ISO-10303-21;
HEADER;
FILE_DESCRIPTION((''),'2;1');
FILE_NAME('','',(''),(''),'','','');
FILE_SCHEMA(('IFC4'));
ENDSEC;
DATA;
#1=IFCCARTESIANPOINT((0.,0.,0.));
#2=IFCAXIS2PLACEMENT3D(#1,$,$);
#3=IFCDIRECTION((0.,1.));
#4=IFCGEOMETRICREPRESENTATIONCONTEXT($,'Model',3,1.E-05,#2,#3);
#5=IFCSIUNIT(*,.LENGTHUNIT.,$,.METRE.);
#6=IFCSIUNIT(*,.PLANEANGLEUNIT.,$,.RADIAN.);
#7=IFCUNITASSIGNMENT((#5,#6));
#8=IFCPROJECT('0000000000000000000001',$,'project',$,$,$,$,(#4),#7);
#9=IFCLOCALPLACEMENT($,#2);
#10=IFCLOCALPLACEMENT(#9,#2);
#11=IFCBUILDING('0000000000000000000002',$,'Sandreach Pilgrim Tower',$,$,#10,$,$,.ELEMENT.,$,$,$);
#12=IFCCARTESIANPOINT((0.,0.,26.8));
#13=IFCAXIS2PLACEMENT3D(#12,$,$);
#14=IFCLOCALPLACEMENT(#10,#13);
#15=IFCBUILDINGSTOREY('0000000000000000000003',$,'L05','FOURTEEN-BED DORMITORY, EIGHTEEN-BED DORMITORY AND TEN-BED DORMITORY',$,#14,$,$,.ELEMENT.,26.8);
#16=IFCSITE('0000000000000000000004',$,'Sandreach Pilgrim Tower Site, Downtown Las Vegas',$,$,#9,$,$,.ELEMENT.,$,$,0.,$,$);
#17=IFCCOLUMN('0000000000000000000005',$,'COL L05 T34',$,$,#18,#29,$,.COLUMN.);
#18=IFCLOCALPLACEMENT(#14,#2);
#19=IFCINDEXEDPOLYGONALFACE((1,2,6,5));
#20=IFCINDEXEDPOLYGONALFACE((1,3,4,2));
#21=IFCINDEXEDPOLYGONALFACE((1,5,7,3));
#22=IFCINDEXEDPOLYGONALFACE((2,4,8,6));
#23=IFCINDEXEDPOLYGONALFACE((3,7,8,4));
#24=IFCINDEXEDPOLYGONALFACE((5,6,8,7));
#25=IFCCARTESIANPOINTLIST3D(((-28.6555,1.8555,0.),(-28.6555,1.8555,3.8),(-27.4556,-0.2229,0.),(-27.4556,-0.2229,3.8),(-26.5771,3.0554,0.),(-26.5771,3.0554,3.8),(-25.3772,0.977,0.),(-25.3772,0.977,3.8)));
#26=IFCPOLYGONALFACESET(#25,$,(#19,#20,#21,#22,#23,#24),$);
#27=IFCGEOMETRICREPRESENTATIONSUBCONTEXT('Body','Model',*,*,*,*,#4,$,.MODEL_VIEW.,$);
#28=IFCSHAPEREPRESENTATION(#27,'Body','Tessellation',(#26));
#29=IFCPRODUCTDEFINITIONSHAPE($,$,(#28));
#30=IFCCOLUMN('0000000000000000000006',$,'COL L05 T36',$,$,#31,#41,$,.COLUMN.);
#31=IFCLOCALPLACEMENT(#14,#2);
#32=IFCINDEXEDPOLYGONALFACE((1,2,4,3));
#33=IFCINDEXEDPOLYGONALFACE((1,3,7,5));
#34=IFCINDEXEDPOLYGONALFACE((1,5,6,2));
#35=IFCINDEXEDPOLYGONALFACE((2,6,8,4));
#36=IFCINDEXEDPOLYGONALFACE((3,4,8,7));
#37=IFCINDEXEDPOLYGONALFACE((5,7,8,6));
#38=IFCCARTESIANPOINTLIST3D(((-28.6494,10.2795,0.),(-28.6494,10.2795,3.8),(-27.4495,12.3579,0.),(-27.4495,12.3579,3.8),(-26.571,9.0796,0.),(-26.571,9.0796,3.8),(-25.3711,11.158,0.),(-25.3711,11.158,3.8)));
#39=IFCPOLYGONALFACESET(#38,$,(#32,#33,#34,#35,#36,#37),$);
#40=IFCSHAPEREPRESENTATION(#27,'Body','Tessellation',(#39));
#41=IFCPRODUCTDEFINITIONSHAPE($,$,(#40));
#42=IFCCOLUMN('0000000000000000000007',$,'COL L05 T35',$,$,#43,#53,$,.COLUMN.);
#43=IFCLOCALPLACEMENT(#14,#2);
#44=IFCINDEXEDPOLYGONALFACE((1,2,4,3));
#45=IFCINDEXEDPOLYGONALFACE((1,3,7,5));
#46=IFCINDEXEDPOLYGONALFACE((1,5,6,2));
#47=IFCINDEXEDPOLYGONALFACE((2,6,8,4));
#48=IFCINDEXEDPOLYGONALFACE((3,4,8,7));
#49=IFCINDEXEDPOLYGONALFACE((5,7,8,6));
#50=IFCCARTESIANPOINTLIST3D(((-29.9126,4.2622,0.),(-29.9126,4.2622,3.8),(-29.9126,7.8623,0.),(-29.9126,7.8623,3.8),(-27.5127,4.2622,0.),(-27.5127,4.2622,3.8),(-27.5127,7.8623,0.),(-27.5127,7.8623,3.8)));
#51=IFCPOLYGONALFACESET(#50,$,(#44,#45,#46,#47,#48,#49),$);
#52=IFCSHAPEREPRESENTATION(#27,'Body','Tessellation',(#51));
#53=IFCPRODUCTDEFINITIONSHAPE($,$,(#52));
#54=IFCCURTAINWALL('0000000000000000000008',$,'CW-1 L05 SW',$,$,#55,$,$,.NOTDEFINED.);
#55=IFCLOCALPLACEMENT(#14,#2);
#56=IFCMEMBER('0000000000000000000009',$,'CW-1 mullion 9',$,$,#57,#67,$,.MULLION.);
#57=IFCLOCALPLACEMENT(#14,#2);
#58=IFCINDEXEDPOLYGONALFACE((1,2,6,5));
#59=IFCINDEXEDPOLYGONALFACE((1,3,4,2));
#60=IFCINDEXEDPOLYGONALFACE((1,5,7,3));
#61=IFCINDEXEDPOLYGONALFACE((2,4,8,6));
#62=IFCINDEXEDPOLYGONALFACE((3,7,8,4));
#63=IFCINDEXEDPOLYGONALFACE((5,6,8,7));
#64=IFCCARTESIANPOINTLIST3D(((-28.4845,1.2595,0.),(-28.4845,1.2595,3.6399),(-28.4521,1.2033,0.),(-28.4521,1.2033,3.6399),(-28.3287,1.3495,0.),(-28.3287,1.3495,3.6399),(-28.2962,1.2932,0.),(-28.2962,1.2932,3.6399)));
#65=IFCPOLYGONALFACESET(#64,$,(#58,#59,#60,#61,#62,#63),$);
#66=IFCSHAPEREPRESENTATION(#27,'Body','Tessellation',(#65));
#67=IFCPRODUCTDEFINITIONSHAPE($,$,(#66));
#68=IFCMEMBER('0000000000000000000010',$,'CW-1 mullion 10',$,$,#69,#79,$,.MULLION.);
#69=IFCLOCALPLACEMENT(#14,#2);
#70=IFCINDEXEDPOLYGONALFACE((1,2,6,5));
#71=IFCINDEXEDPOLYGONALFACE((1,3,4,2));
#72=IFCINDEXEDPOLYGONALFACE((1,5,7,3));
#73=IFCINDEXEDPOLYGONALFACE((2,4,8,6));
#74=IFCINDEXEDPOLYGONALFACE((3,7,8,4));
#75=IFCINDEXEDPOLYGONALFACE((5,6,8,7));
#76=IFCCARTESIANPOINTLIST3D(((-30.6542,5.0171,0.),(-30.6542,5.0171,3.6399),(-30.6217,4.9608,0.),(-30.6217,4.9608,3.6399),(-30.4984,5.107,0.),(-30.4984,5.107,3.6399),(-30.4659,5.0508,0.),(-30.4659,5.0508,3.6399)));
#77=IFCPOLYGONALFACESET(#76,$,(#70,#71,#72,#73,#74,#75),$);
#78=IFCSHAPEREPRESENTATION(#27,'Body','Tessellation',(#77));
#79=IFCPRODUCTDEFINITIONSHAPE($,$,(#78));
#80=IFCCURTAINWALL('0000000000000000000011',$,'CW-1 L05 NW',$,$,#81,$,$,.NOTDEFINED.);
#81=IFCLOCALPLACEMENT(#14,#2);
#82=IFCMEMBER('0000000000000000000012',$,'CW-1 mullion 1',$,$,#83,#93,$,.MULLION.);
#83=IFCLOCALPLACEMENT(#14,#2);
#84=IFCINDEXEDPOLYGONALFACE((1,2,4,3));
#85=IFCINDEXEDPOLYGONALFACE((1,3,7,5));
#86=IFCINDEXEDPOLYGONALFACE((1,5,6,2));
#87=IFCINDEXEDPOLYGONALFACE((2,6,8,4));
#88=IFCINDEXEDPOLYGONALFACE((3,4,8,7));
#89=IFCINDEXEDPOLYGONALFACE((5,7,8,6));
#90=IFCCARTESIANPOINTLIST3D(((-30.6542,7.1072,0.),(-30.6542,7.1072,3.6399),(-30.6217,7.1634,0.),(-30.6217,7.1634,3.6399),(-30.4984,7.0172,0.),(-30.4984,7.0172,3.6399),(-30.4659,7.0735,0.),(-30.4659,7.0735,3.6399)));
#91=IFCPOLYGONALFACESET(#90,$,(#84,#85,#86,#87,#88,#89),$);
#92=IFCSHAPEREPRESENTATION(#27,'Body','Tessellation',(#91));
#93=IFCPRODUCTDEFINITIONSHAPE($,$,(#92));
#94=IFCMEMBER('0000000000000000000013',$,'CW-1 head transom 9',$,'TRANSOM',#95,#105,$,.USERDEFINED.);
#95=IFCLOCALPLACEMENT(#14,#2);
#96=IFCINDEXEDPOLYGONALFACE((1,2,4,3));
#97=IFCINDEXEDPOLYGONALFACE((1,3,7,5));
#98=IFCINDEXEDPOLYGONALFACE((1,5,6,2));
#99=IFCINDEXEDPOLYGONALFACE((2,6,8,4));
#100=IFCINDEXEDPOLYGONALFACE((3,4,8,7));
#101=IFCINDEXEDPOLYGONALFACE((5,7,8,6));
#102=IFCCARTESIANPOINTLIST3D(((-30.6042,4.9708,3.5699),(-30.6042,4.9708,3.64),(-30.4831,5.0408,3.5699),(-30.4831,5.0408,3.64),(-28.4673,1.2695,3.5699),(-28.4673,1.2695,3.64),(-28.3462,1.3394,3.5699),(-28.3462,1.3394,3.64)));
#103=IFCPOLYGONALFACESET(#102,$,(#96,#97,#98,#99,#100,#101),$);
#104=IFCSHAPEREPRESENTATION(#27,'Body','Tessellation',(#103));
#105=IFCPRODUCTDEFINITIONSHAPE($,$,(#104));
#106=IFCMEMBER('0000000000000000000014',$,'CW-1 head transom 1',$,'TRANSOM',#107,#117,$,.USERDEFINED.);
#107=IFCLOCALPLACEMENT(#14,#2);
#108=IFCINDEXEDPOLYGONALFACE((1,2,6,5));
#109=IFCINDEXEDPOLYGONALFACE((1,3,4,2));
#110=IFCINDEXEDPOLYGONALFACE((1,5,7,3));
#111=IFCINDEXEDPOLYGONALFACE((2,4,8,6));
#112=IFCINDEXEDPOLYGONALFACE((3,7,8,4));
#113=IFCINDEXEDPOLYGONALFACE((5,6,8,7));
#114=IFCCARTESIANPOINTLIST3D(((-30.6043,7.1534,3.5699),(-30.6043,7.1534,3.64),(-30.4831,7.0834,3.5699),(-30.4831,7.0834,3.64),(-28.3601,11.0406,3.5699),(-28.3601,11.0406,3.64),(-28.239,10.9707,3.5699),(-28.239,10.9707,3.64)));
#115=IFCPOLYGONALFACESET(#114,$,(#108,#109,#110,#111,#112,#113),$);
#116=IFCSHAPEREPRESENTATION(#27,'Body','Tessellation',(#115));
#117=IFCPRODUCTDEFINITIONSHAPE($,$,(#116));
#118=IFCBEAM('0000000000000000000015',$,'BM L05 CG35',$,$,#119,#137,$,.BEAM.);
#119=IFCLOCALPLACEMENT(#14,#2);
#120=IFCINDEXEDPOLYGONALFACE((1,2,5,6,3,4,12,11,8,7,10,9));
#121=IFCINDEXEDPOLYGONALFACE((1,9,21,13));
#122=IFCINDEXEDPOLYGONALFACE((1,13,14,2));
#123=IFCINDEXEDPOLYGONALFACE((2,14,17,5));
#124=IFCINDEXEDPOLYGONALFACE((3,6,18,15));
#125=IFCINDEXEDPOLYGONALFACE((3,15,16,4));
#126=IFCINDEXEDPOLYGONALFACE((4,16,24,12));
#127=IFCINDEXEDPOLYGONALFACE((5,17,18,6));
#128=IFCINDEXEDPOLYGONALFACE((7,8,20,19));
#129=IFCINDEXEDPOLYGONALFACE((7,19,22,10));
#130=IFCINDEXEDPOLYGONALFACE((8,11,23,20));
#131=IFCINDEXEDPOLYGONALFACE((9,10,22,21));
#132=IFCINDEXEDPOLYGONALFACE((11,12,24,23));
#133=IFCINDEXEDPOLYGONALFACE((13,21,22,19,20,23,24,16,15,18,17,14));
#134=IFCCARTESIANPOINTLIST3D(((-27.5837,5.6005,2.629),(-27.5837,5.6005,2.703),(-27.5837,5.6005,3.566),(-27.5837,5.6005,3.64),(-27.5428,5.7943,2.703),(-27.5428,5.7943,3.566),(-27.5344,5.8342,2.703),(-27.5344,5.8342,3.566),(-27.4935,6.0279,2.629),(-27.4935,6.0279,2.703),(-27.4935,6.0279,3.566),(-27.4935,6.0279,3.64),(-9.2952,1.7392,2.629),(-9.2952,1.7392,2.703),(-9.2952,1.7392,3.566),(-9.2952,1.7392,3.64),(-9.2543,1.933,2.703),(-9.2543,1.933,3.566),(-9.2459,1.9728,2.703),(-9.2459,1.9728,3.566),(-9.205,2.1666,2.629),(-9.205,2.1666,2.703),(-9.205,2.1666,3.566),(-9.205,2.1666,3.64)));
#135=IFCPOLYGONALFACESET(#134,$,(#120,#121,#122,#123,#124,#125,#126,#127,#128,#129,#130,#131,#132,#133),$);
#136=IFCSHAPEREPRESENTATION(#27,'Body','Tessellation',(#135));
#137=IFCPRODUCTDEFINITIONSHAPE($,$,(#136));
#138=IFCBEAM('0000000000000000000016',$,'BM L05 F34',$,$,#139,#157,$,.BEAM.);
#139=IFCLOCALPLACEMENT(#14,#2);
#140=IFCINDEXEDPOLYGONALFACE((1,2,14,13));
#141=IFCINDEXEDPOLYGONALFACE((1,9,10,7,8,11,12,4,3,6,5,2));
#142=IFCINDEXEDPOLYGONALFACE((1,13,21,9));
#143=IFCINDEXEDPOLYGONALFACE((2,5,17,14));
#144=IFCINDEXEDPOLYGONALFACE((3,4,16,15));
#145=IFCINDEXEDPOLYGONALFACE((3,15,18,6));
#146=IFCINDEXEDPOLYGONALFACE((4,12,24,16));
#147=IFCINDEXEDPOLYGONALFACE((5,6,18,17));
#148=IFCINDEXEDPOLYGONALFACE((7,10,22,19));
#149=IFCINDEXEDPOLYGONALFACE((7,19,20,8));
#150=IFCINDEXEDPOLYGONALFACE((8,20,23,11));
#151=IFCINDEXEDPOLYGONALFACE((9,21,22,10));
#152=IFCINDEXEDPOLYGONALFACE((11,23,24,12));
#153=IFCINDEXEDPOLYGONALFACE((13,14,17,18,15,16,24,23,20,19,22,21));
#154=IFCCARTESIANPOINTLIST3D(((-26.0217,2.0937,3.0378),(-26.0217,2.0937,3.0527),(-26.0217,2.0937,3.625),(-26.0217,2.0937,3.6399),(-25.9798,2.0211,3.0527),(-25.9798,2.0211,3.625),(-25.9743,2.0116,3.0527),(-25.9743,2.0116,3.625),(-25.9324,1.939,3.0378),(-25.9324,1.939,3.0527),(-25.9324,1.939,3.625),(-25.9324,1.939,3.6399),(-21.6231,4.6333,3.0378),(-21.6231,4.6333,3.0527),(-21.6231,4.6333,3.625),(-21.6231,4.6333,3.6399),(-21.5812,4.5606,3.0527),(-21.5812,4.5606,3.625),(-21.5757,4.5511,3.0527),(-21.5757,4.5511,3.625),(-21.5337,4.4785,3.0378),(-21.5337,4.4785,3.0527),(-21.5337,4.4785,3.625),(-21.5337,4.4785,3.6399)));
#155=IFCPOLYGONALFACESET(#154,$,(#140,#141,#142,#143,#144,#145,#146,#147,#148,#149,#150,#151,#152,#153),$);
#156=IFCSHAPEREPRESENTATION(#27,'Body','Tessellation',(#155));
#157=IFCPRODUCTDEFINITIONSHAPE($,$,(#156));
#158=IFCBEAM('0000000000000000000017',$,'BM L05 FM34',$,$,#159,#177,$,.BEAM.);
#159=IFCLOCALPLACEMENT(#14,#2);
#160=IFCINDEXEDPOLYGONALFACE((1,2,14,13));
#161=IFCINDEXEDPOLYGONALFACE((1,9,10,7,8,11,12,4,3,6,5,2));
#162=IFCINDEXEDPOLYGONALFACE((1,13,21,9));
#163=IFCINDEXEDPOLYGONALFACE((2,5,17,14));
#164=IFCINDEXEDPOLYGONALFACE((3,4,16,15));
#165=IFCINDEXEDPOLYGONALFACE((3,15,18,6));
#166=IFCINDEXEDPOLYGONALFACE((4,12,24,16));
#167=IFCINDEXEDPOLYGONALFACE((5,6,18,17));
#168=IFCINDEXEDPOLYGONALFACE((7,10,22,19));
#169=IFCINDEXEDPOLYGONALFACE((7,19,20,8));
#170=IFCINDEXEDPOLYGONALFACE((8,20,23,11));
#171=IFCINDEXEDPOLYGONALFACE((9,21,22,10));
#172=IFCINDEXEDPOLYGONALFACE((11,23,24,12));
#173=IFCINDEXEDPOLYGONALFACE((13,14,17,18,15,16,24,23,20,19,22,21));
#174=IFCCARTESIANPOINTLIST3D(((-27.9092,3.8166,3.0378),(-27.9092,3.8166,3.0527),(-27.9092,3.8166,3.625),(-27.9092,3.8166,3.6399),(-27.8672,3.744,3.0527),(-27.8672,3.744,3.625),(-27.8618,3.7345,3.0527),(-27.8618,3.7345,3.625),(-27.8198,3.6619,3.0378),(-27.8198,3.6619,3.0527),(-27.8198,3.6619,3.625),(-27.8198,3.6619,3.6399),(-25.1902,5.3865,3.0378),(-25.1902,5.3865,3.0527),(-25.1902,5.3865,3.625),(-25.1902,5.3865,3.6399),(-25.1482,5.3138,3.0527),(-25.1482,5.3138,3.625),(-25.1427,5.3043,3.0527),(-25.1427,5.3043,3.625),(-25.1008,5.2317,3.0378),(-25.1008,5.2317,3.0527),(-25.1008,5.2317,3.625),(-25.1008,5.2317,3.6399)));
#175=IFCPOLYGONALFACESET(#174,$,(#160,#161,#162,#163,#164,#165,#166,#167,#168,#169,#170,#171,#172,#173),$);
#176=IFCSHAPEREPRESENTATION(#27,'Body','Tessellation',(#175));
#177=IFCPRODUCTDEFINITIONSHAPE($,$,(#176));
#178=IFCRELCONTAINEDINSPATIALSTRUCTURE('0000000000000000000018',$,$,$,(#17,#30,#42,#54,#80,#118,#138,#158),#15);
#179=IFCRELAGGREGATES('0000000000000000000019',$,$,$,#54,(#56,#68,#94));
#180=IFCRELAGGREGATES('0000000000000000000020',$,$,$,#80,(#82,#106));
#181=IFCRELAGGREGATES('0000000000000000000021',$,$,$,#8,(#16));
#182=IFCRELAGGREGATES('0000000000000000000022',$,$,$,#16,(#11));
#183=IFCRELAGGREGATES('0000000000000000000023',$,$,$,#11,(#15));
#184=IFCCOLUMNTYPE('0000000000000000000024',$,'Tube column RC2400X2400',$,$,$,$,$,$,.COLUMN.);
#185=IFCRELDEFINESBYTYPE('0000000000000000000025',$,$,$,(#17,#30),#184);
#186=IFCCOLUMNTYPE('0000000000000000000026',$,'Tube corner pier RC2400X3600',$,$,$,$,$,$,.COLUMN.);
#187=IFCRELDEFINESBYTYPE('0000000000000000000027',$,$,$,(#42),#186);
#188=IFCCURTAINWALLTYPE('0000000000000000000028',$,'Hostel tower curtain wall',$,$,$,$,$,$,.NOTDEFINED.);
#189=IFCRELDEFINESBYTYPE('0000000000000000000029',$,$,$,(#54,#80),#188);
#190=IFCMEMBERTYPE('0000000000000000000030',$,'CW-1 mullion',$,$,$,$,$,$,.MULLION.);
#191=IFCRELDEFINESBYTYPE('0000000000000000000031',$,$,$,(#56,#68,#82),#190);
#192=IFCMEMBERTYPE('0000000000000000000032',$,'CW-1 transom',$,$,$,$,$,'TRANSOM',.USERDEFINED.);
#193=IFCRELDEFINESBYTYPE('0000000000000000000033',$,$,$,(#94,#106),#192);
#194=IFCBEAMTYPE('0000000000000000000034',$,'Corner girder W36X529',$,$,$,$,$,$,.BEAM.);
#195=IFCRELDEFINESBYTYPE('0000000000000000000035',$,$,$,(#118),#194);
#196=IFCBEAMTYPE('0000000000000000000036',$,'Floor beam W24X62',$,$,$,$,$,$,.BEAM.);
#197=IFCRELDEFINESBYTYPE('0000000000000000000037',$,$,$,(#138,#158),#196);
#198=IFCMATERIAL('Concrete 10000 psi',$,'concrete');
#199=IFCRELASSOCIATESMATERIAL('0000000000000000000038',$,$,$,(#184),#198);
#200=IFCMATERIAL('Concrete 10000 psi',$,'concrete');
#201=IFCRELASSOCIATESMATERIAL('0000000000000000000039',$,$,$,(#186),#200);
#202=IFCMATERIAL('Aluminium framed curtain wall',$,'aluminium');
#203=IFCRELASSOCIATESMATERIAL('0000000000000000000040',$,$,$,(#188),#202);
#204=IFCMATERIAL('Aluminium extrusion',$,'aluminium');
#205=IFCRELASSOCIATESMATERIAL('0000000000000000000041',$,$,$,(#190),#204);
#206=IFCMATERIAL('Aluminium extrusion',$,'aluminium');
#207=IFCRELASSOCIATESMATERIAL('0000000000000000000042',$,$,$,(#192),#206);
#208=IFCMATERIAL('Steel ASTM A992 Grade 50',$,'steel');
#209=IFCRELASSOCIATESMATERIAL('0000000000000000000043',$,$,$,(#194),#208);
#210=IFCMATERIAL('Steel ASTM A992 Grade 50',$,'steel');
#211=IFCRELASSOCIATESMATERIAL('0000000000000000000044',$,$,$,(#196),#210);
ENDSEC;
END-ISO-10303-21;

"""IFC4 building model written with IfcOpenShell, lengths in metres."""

from ifc_helpers import new_model, si_unit, direction, frame, origin, origin_2d, place, context, subcontext, project, spatial, rectangle, i_section, extrude, material, material_profile, profile_set, type_object, element, aggregate, save


model = new_model("IFC4")

# Units and contexts
model_context = context("Model", 3, precision=1e-05, world=origin(), true_north=direction((0.0, 1.0)))
body_context = subcontext(model_context, "Body", "Model", "MODEL_VIEW")
ifc_project = project(units=[si_unit("LENGTHUNIT", "METRE"), si_unit("PLANEANGLEUNIT", "RADIAN")], contexts=[model_context])

# Site, building, storey
site_placement = place(None, origin())
site = spatial("IfcSite", under=ifc_project, at=site_placement, Name="Sandreach Pilgrim Tower Site, Downtown Las Vegas", CompositionType="ELEMENT", RefElevation=0.0)
building_placement = place(site_placement, origin())
building = spatial("IfcBuilding", under=site, at=building_placement, Name="Sandreach Pilgrim Tower", CompositionType="ELEMENT")
storey_placement = place(building_placement, frame((0.0, 0.0, 26.8)))
storey = spatial("IfcBuildingStorey", under=building, at=storey_placement, Name="L05", Description="FOURTEEN-BED DORMITORY, EIGHTEEN-BED DORMITORY AND TEN-BED DORMITORY", CompositionType="ELEMENT", Elevation=26.8)

# Columns
ifc_material_1 = material(Name="Concrete 10000 psi", Category="concrete")
ifc_material_profile_1 = material_profile(ifc_material_1, rectangle(XDim=2.3999, YDim=2.3999, at=origin_2d()), Name="RC2400X2400")
ifc_profile_set_1 = profile_set([ifc_material_profile_1], Name="Concrete 10000 psi")
column_type_1 = type_object("IfcColumnType", Name="Tube column RC2400X2400", PredefinedType="COLUMN", material=ifc_profile_set_1)
for number, where, z_axis, x_axis, name in (
    (1, (-27.0164, 1.4163, 0.0), (0.0, 0.0, 1.0), (-0.866025, -0.5, 0.0), "COL L05 T34"),
    (2, (-27.0103, 10.7188, 0.0), (0.0, 0.0, 1.0), (-0.866025, 0.5, 0.0), "COL L05 T36"),
):
    element("IfcColumn", number, at=place(storey_placement, frame(where, z_axis=z_axis, x_axis=x_axis)), inside=storey, type_object=column_type_1, Name=name, PredefinedType="COLUMN", context=body_context, shape_type="SweptSolid", body=[
        extrude(rectangle(XDim=2.3999, YDim=2.3999, at=origin_2d()), origin(), (0.0, 0.0, 1.0), 3.8),
    ])
ifc_material_2 = material(Name="Concrete 10000 psi", Category="concrete")
ifc_material_profile_2 = material_profile(ifc_material_2, rectangle(XDim=2.3999, YDim=3.6001, at=origin_2d()), Name="RC2400X3600")
ifc_profile_set_2 = profile_set([ifc_material_profile_2], Name="Concrete 10000 psi")
column_type_2 = type_object("IfcColumnType", Name="Tube corner pier RC2400X3600", PredefinedType="COLUMN", material=ifc_profile_set_2)
column_placement = place(storey_placement, frame((-28.7126, 6.0623, 0.0), z_axis=(0.0, 0.0, 1.0), x_axis=(-1.0, 0.0, 0.0)))
element("IfcColumn", 3, at=column_placement, inside=storey, type_object=column_type_2, Name="COL L05 T35", PredefinedType="COLUMN", context=body_context, shape_type="SweptSolid", body=[
    extrude(rectangle(XDim=2.3999, YDim=3.6001, at=origin_2d()), origin(), (0.0, 0.0, 1.0), 3.8),
])

# Curtain wall, members
ifc_material_3 = material(Name="Aluminium framed curtain wall", Category="aluminium")
curtain_wall_type = type_object("IfcCurtainWallType", Name="Hostel tower curtain wall", PredefinedType="NOTDEFINED", material=ifc_material_3)
curtain_wall_1_placement = place(storey_placement, origin())
curtain_wall_1 = element("IfcCurtainWall", 4, at=curtain_wall_1_placement, inside=storey, type_object=curtain_wall_type, Name="CW-1 L05 SW", PredefinedType="NOTDEFINED")
ifc_material_4 = material(Name="Aluminium extrusion", Category="aluminium")
ifc_material_profile_3 = material_profile(ifc_material_4, rectangle(XDim=0.0649, YDim=0.1799, at=origin_2d()), Name="CW-1M 65X180")
ifc_profile_set_3 = profile_set([ifc_material_profile_3], Name="Aluminium extrusion")
member_type_1 = type_object("IfcMemberType", Name="CW-1 mullion", PredefinedType="MULLION", material=ifc_profile_set_3)
member_1_placement = place(storey_placement, frame((-28.3904, 1.2764, 0.0), z_axis=(0.0, 0.0, 1.0), x_axis=(-0.5, 0.866025, 0.0)))
member_1 = element("IfcMember", 5, at=member_1_placement, type_object=member_type_1, Name="CW-1 mullion 9", PredefinedType="MULLION", context=body_context, shape_type="SweptSolid", body=[
    extrude(rectangle(XDim=0.0649, YDim=0.1799, at=origin_2d()), origin(), (0.0, 0.0, 1.0), 3.6399),
])
member_2_placement = place(storey_placement, frame((-30.5601, 5.0339, 0.0), z_axis=(0.0, 0.0, 1.0), x_axis=(-0.5, 0.866025, 0.0)))
member_2 = element("IfcMember", 6, at=member_2_placement, type_object=member_type_1, Name="CW-1 mullion 10", PredefinedType="MULLION", context=body_context, shape_type="SweptSolid", body=[
    extrude(rectangle(XDim=0.0649, YDim=0.1799, at=origin_2d()), origin(), (0.0, 0.0, 1.0), 3.6399),
])

# Curtain wall, member
curtain_wall_2_placement = place(storey_placement, origin())
curtain_wall_2 = element("IfcCurtainWall", 7, at=curtain_wall_2_placement, inside=storey, type_object=curtain_wall_type, Name="CW-1 L05 NW", PredefinedType="NOTDEFINED")
member_3_placement = place(storey_placement, frame((-30.5601, 7.0903, 0.0), z_axis=(0.0, 0.0, 1.0), x_axis=(0.5, 0.866025, 0.0)))
member_3 = element("IfcMember", 8, at=member_3_placement, type_object=member_type_1, Name="CW-1 mullion 1", PredefinedType="MULLION", context=body_context, shape_type="SweptSolid", body=[
    extrude(rectangle(XDim=0.0649, YDim=0.1799, at=origin_2d()), origin(), (0.0, 0.0, 1.0), 3.6399),
])

# Members
ifc_material_5 = material(Name="Aluminium extrusion", Category="aluminium")
ifc_material_profile_4 = material_profile(ifc_material_5, rectangle(XDim=0.1399, YDim=0.0701, at=origin_2d()), Name="CW-1T 140X70")
ifc_profile_set_4 = profile_set([ifc_material_profile_4], Name="Aluminium extrusion")
member_type_2 = type_object("IfcMemberType", Name="CW-1 transom", ElementType="TRANSOM", PredefinedType="USERDEFINED", material=ifc_profile_set_4)
member_4_placement = place(storey_placement, frame((-28.4067, 1.3044, 3.605), z_axis=(-0.499991, 0.866031, 0.0), x_axis=(-0.866031, -0.499991, 0.0)))
member_4 = element("IfcMember", 9, at=member_4_placement, type_object=member_type_2, Name="CW-1 head transom 9", ObjectType="TRANSOM", PredefinedType="USERDEFINED", context=body_context, shape_type="SweptSolid", body=[
    extrude(rectangle(XDim=0.1399, YDim=0.0701, at=origin_2d()), origin(), (0.0, 0.0, 1.0), 4.2739),
])
member_5_placement = place(storey_placement, frame((-30.5437, 7.1184, 3.605), z_axis=(0.499977, 0.866039, 0.0), x_axis=(-0.866039, 0.499977, 0.0)))
member_5 = element("IfcMember", 10, at=member_5_placement, type_object=member_type_2, Name="CW-1 head transom 1", ObjectType="TRANSOM", PredefinedType="USERDEFINED", context=body_context, shape_type="SweptSolid", body=[
    extrude(rectangle(XDim=0.1399, YDim=0.0701, at=origin_2d()), origin(), (0.0, 0.0, 1.0), 4.4885),
])

# Beams
ifc_material_6 = material(Name="Steel ASTM A992 Grade 50", Category="steel")
ifc_material_profile_5 = material_profile(ifc_material_6, i_section(OverallWidth=0.4368, OverallDepth=1.011, WebThickness=0.0408, FlangeThickness=0.074, at=origin_2d()), Name="W36X529")
ifc_profile_set_5 = profile_set([ifc_material_profile_5], Name="Steel ASTM A992 Grade 50")
beam_type_1 = type_object("IfcBeamType", Name="Corner girder W36X529", PredefinedType="BEAM", material=ifc_profile_set_5)
beam_1_placement = place(storey_placement, frame((-27.5386, 5.8142, 3.1345), z_axis=(0.97843, -0.206579, 0.0), x_axis=(0.206579, 0.97843, 0.0)))
element("IfcBeam", 11, at=beam_1_placement, inside=storey, type_object=beam_type_1, Name="BM L05 CG35", PredefinedType="BEAM", context=body_context, shape_type="SweptSolid", body=[
    extrude(i_section(OverallWidth=0.4368, OverallDepth=1.011, WebThickness=0.0408, FlangeThickness=0.074, at=origin_2d()), origin(), (0.0, 0.0, 1.0), 18.6917),
])
ifc_material_7 = material(Name="Steel ASTM A992 Grade 50", Category="steel")
ifc_material_profile_6 = material_profile(ifc_material_7, i_section(OverallWidth=0.1787, OverallDepth=0.6021, WebThickness=0.011, FlangeThickness=0.0149, at=origin_2d()), Name="W24X62")
ifc_profile_set_6 = profile_set([ifc_material_profile_6], Name="Steel ASTM A992 Grade 50")
beam_type_2 = type_object("IfcBeamType", Name="Floor beam W24X62", PredefinedType="BEAM", material=ifc_profile_set_6)
beam_2_placement = place(storey_placement, frame((-25.9771, 2.0164, 3.3389), z_axis=(0.866028, 0.499996, 0.0), x_axis=(-0.499996, 0.866028, 0.0)))
element("IfcBeam", 12, at=beam_2_placement, inside=storey, type_object=beam_type_2, Name="BM L05 F34", PredefinedType="BEAM", context=body_context, shape_type="SweptSolid", body=[
    extrude(i_section(OverallWidth=0.1787, OverallDepth=0.6021, WebThickness=0.011, FlangeThickness=0.0149, at=origin_2d()), origin(), (0.0, 0.0, 1.0), 5.0791),
])
beam_3_placement = place(storey_placement, frame((-27.8645, 3.7393, 3.3389), z_axis=(0.866024, 0.500003, 0.0), x_axis=(-0.500003, 0.866024, 0.0)))
element("IfcBeam", 13, at=beam_3_placement, inside=storey, type_object=beam_type_2, Name="BM L05 FM34", PredefinedType="BEAM", context=body_context, shape_type="SweptSolid", body=[
    extrude(i_section(OverallWidth=0.1787, OverallDepth=0.6021, WebThickness=0.011, FlangeThickness=0.0149, at=origin_2d()), origin(), (0.0, 0.0, 1.0), 3.1396),
])

aggregate(curtain_wall_1, [member_1, member_2, member_4])
aggregate(curtain_wall_2, [member_3, member_5])

save(model, "model.ifc")
